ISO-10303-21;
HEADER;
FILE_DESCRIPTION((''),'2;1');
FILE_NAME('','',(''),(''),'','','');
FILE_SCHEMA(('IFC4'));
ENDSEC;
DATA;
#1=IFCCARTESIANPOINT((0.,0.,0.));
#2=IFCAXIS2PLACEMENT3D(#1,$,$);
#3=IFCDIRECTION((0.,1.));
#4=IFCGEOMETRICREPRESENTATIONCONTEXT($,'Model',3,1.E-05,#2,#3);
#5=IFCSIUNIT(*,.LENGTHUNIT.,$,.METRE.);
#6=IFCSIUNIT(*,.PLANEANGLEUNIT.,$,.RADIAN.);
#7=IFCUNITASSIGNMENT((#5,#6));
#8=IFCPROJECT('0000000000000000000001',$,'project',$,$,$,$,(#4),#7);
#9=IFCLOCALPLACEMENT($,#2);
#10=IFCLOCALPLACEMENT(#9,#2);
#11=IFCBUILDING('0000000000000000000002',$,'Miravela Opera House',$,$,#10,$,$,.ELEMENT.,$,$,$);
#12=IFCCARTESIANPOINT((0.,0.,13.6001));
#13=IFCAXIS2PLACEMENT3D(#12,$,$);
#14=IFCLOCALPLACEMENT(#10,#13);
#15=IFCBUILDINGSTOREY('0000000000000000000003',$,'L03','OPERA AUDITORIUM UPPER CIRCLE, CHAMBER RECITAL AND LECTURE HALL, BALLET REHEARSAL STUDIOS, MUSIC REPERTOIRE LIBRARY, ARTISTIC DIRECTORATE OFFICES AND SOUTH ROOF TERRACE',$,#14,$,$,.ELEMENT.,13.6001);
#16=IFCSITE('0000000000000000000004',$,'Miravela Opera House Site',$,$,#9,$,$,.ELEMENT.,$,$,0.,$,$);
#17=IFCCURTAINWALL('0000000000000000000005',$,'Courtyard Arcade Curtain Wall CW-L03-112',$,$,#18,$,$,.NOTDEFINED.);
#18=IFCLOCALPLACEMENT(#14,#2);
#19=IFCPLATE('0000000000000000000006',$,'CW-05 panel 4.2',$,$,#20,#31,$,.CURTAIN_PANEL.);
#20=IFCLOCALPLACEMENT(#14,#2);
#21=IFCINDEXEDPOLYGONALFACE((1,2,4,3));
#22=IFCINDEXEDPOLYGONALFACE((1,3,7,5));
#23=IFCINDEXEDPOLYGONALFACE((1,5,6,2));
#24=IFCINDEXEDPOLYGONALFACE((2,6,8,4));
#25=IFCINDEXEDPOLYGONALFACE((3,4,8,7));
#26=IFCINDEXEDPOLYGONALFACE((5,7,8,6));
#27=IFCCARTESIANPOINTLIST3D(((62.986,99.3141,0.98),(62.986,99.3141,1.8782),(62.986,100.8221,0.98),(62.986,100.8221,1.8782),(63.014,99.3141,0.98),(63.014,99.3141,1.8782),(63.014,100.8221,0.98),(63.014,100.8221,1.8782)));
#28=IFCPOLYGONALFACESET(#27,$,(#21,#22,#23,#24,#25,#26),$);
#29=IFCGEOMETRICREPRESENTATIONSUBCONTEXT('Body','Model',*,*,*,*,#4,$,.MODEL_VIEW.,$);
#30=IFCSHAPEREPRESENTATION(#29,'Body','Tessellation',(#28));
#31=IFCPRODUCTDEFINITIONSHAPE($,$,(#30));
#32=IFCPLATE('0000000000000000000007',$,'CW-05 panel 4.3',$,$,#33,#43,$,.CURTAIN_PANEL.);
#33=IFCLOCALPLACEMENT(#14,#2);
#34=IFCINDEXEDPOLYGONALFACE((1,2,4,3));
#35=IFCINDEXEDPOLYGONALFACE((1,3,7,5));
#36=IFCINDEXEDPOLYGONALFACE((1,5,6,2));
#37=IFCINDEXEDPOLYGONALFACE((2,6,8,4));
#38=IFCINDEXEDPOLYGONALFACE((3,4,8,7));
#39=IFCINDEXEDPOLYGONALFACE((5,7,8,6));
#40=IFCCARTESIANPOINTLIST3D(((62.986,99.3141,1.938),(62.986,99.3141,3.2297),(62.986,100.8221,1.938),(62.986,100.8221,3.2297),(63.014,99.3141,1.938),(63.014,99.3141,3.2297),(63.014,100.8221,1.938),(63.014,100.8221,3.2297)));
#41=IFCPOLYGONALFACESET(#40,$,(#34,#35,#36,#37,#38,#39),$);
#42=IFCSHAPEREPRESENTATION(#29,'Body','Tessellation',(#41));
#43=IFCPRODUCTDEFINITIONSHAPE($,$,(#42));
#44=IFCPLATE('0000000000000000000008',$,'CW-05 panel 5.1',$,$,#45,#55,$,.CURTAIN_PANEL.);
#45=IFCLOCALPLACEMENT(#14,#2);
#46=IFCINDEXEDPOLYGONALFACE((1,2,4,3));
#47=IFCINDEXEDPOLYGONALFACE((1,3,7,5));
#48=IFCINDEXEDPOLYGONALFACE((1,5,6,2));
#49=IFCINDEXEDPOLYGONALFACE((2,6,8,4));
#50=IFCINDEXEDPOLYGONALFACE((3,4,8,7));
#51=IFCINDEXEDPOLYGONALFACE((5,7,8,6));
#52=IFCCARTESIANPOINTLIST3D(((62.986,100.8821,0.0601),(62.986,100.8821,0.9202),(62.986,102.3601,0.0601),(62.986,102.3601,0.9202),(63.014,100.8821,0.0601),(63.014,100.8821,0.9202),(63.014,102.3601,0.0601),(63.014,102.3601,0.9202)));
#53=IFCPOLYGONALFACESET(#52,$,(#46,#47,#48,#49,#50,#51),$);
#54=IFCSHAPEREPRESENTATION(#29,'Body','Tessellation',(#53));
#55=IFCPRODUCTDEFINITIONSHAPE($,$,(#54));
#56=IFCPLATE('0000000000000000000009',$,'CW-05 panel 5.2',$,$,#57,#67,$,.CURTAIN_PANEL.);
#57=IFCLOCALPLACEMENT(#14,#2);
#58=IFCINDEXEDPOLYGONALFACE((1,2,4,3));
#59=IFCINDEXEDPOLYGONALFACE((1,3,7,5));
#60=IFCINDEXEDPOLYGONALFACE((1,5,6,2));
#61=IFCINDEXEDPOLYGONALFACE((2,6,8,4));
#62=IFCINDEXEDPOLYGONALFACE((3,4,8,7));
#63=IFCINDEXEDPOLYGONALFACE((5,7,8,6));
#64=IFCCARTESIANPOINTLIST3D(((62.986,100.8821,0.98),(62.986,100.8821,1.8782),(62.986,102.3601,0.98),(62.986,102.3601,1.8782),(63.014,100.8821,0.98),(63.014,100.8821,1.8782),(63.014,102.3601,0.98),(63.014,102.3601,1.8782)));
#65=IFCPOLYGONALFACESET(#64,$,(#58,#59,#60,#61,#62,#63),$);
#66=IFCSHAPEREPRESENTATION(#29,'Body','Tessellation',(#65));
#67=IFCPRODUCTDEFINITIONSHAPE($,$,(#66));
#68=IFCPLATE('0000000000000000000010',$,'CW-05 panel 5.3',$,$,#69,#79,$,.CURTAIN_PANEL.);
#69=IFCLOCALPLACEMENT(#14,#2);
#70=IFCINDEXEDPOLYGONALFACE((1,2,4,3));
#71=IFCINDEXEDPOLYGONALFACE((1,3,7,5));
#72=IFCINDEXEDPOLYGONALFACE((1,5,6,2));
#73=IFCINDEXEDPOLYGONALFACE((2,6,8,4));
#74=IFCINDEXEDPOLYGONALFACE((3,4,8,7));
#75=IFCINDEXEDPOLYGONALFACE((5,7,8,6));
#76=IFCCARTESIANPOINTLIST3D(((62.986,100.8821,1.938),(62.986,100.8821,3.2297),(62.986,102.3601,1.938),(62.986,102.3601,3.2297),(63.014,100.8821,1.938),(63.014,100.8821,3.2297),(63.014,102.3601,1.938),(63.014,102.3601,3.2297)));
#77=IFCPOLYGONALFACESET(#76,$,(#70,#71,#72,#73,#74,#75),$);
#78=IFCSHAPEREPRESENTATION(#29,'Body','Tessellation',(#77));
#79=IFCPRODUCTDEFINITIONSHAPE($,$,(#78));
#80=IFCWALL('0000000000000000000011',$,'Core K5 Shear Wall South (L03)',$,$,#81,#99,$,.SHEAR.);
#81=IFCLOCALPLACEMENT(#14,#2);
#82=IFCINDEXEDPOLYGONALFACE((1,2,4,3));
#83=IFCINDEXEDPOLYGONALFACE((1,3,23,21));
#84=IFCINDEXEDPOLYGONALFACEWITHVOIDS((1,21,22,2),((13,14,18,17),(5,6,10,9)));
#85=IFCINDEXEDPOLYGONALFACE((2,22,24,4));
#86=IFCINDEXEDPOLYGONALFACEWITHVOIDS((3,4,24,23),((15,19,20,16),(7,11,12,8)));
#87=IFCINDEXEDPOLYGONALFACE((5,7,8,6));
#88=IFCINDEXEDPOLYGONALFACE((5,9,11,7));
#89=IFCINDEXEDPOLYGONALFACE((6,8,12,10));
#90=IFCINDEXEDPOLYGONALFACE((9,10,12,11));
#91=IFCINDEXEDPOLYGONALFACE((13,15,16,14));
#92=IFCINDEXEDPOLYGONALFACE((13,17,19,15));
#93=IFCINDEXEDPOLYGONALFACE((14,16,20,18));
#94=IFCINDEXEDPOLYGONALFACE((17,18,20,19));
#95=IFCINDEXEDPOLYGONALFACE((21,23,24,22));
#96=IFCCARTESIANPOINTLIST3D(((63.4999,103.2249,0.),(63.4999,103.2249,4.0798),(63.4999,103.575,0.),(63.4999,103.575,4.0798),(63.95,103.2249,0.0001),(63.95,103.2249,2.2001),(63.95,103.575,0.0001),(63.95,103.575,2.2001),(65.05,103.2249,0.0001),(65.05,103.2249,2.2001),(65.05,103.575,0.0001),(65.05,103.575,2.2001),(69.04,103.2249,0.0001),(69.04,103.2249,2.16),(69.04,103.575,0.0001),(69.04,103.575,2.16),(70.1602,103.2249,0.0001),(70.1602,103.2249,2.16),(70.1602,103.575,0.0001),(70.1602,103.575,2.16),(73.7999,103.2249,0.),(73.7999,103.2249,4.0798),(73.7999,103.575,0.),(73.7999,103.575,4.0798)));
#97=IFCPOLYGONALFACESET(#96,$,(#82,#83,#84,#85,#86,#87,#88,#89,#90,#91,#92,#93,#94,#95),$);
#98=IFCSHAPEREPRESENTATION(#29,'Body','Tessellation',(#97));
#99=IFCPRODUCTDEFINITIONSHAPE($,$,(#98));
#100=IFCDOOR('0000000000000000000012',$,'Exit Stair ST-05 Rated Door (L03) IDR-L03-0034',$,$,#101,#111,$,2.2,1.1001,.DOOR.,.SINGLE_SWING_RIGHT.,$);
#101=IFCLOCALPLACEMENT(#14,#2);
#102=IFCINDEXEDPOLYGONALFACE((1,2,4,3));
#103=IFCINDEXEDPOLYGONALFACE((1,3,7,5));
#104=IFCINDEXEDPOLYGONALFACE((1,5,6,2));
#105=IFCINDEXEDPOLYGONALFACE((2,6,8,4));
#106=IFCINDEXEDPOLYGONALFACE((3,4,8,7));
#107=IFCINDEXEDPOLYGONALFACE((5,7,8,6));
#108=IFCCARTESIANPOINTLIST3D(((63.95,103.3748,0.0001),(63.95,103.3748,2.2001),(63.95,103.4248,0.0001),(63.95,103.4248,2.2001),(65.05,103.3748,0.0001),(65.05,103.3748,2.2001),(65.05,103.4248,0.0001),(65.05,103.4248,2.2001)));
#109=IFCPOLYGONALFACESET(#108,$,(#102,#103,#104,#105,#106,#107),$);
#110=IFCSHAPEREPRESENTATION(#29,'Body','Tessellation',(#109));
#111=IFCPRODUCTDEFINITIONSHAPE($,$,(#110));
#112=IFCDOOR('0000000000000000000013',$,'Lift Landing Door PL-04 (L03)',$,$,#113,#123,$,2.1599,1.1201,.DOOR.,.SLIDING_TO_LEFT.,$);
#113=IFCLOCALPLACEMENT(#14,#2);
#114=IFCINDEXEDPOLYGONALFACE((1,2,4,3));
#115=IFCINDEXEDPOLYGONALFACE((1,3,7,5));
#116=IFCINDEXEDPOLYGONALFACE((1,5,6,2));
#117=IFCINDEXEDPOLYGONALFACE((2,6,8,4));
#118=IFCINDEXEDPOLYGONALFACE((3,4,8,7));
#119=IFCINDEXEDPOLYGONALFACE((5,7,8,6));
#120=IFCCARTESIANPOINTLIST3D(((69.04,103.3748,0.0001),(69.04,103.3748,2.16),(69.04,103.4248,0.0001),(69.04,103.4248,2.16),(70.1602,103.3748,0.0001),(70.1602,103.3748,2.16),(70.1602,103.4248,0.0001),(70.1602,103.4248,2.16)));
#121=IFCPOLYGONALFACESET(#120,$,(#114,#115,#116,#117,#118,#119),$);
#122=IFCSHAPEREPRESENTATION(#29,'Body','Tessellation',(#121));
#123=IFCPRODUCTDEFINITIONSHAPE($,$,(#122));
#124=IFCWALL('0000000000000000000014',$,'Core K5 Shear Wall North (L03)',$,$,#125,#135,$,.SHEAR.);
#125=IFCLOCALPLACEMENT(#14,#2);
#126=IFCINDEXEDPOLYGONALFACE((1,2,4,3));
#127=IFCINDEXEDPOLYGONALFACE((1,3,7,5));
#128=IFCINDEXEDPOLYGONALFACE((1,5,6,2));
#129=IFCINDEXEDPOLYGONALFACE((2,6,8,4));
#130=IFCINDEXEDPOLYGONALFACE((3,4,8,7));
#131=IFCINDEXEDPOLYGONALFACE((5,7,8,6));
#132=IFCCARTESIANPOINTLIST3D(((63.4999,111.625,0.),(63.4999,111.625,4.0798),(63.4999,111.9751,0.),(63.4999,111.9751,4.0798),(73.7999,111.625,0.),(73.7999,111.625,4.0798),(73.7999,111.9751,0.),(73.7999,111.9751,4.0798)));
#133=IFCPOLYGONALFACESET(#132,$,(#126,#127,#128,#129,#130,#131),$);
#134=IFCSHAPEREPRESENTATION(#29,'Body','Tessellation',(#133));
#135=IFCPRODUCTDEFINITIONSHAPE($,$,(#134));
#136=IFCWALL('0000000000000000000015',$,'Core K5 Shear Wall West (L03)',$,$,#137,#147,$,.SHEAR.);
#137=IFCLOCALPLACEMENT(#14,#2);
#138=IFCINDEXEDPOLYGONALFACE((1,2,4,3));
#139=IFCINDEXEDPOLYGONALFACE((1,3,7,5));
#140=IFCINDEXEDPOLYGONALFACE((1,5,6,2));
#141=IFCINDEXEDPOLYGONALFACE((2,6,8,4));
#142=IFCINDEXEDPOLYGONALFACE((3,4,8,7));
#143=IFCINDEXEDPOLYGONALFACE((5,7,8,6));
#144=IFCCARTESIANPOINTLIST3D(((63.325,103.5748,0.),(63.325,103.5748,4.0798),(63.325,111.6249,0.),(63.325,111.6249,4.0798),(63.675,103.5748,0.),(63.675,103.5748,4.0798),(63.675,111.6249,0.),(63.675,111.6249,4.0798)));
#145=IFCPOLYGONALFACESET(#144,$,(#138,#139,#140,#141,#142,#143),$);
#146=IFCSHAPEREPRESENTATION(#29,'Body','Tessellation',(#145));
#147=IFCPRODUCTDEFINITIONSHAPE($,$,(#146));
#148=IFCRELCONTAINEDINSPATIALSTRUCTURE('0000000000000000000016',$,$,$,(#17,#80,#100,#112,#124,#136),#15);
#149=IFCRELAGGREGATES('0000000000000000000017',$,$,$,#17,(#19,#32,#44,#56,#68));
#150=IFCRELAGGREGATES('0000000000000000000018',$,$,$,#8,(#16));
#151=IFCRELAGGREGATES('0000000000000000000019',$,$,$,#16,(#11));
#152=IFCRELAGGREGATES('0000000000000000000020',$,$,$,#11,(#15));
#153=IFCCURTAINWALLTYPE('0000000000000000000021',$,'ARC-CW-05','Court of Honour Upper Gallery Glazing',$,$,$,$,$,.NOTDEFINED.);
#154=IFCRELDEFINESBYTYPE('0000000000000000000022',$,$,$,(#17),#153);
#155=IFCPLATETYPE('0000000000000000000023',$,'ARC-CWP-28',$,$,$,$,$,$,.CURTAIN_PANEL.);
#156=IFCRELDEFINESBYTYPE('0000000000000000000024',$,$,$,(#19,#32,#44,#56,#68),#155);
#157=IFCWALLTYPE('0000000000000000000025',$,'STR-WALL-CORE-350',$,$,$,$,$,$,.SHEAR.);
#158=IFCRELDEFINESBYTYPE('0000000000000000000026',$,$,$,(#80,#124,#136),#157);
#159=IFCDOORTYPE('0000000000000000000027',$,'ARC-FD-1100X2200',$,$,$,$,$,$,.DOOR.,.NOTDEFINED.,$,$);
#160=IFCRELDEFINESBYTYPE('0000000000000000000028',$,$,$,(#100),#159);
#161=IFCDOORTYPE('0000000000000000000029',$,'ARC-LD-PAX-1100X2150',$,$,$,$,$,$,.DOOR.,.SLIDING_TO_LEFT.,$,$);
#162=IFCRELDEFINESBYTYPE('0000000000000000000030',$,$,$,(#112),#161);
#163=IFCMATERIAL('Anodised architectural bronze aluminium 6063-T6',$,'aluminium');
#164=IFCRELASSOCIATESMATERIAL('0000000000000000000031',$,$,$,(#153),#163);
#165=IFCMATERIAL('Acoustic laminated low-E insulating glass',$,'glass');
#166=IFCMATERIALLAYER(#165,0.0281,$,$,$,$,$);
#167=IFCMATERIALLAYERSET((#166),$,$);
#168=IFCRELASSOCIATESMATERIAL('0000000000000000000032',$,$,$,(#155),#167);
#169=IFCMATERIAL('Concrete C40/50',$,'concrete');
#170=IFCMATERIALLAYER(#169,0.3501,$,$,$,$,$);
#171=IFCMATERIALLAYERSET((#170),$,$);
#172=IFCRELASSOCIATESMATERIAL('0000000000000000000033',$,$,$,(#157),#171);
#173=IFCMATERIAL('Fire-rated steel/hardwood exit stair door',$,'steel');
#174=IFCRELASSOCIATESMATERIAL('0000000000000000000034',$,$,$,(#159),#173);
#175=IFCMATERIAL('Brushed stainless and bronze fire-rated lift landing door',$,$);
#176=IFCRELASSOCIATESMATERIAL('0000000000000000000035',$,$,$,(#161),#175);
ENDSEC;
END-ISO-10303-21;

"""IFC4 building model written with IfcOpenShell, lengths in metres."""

from ifc_helpers import new_model, si_unit, direction, frame, frame_2d, origin, origin_2d, place, context, subcontext, project, spatial, rectangle, extrude, material, layer, layer_set, type_object, element, fill, aggregate, save


model = new_model("IFC4")

# Units and contexts
model_context = context("Model", 3, precision=1e-05, world=origin(), true_north=direction((0.0, 1.0)))
body_context = subcontext(model_context, "Body", "Model", "MODEL_VIEW")
ifc_project = project(units=[si_unit("LENGTHUNIT", "METRE"), si_unit("PLANEANGLEUNIT", "RADIAN")], contexts=[model_context])

# Site, building, storey
site_placement = place(None, origin())
site = spatial("IfcSite", under=ifc_project, at=site_placement, Name="Miravela Opera House Site", CompositionType="ELEMENT", RefElevation=0.0)
building_placement = place(site_placement, origin())
building = spatial("IfcBuilding", under=site, at=building_placement, Name="Miravela Opera House", CompositionType="ELEMENT")
storey_placement = place(building_placement, frame((0.0, 0.0, 13.6001)))
storey = spatial("IfcBuildingStorey", under=building, at=storey_placement, Name="L03", Description="OPERA AUDITORIUM UPPER CIRCLE, CHAMBER RECITAL AND LECTURE HALL, BALLET REHEARSAL STUDIOS, MUSIC REPERTOIRE LIBRARY, ARTISTIC DIRECTORATE OFFICES AND SOUTH ROOF TERRACE", CompositionType="ELEMENT", Elevation=13.6001)

# Curtain wall
ifc_material_1 = material(Name="Anodised architectural bronze aluminium 6063-T6", Category="aluminium")
curtain_wall_type = type_object("IfcCurtainWallType", Name="ARC-CW-05", Description="Court of Honour Upper Gallery Glazing", PredefinedType="NOTDEFINED", material=ifc_material_1)
curtain_wall_placement = place(storey_placement, origin())
curtain_wall = element("IfcCurtainWall", 1, at=curtain_wall_placement, inside=storey, type_object=curtain_wall_type, Name="Courtyard Arcade Curtain Wall CW-L03-112", PredefinedType="NOTDEFINED")

# Plates
ifc_material_2 = material(Name="Acoustic laminated low-E insulating glass", Category="glass")
ifc_layer_1 = layer(ifc_material_2, 0.0281)
ifc_layer_set_1 = layer_set([ifc_layer_1])
plate_type = type_object("IfcPlateType", Name="ARC-CWP-28", PredefinedType="CURTAIN_PANEL", material=ifc_layer_set_1)
plate_1_placement = place(storey_placement, frame((63.0, 100.0681, 0.98), z_axis=(0.0, 0.0, 1.0), x_axis=(0.0, 1.0, 0.0)))
plate_1 = element("IfcPlate", 2, at=plate_1_placement, type_object=plate_type, Name="CW-05 panel 4.2", PredefinedType="CURTAIN_PANEL", context=body_context, shape_type="SweptSolid", body=[
    extrude(rectangle(XDim=1.5081, YDim=0.0281, at=origin_2d()), origin(), (0.0, 0.0, 1.0), 0.8982),
])
plate_2_placement = place(storey_placement, frame((63.0, 100.0681, 1.938), z_axis=(0.0, 0.0, 1.0), x_axis=(0.0, 1.0, 0.0)))
plate_2 = element("IfcPlate", 3, at=plate_2_placement, type_object=plate_type, Name="CW-05 panel 4.3", PredefinedType="CURTAIN_PANEL", context=body_context, shape_type="SweptSolid", body=[
    extrude(rectangle(XDim=1.5081, YDim=0.0281, at=origin_2d()), origin(), (0.0, 0.0, 1.0), 1.2917),
])
plate_3_placement = place(storey_placement, frame((63.0, 101.6211, 0.0601), z_axis=(0.0, 0.0, 1.0), x_axis=(0.0, 1.0, 0.0)))
plate_3 = element("IfcPlate", 4, at=plate_3_placement, type_object=plate_type, Name="CW-05 panel 5.1", PredefinedType="CURTAIN_PANEL", context=body_context, shape_type="SweptSolid", body=[
    extrude(rectangle(XDim=1.478, YDim=0.0281, at=origin_2d()), origin(), (0.0, 0.0, 1.0), 0.8601),
])
plate_4_placement = place(storey_placement, frame((63.0, 101.6211, 0.98), z_axis=(0.0, 0.0, 1.0), x_axis=(0.0, 1.0, 0.0)))
plate_4 = element("IfcPlate", 5, at=plate_4_placement, type_object=plate_type, Name="CW-05 panel 5.2", PredefinedType="CURTAIN_PANEL", context=body_context, shape_type="SweptSolid", body=[
    extrude(rectangle(XDim=1.478, YDim=0.0281, at=origin_2d()), origin(), (0.0, 0.0, 1.0), 0.8982),
])
plate_5_placement = place(storey_placement, frame((63.0, 101.6211, 1.938), z_axis=(0.0, 0.0, 1.0), x_axis=(0.0, 1.0, 0.0)))
plate_5 = element("IfcPlate", 6, at=plate_5_placement, type_object=plate_type, Name="CW-05 panel 5.3", PredefinedType="CURTAIN_PANEL", context=body_context, shape_type="SweptSolid", body=[
    extrude(rectangle(XDim=1.478, YDim=0.0281, at=origin_2d()), origin(), (0.0, 0.0, 1.0), 1.2917),
])
aggregate(curtain_wall, [plate_1, plate_2, plate_3, plate_4, plate_5])

# Wall, openings, doors
ifc_material_3 = material(Name="Concrete C40/50", Category="concrete")
ifc_layer_2 = layer(ifc_material_3, 0.3501)
ifc_layer_set_2 = layer_set([ifc_layer_2])
wall_type = type_object("IfcWallType", Name="STR-WALL-CORE-350", PredefinedType="SHEAR", material=ifc_layer_set_2)
wall_1_placement = place(storey_placement, frame((63.5, 103.3999, 0.0), z_axis=(0.0, 0.0, 1.0), x_axis=(1.0, 0.0, 0.0)))
wall_1 = element("IfcWall", 7, at=wall_1_placement, inside=storey, type_object=wall_type, Name="Core K5 Shear Wall South (L03)", PredefinedType="SHEAR", context=body_context, shape_type="SweptSolid", body=[
    extrude(rectangle(XDim=10.3, YDim=0.3501, at=frame_2d((5.1499, 0.0))), origin(), (0.0, 0.0, 1.0), 4.0798),
])
opening_1_placement = place(wall_1_placement, frame((0.45, 0.0, 0.0)))
opening_1 = element("IfcOpeningElement", 8, at=opening_1_placement, cuts=wall_1, PredefinedType="OPENING", context=body_context, shape_type="SweptSolid", body=[
    extrude(rectangle(XDim=1.1001, YDim=2.2, at=frame_2d((0.55, 1.1001))), frame((0.0, 0.1851, 0.0), z_axis=(0.0, -1.0, 0.0), x_axis=(1.0, 0.0, 0.0)), (0.0, 0.0, 1.0), 0.3701),
])
opening_2_placement = place(wall_1_placement, frame((5.54, 0.0, 0.0)))
opening_2 = element("IfcOpeningElement", 9, at=opening_2_placement, cuts=wall_1, PredefinedType="OPENING", context=body_context, shape_type="SweptSolid", body=[
    extrude(rectangle(XDim=1.1201, YDim=2.1599, at=frame_2d((0.5601, 1.0801))), frame((0.0, 0.1851, 0.0), z_axis=(0.0, -1.0, 0.0), x_axis=(1.0, 0.0, 0.0)), (0.0, 0.0, 1.0), 0.3701),
])
ifc_material_4 = material(Name="Fire-rated steel/hardwood exit stair door", Category="steel")
door_type_1 = type_object("IfcDoorType", Name="ARC-FD-1100X2200", OperationType="NOTDEFINED", PredefinedType="DOOR", material=ifc_material_4)
door_1_placement = place(opening_1_placement, origin())
door_1 = element("IfcDoor", 10, at=door_1_placement, inside=storey, type_object=door_type_1, Name="Exit Stair ST-05 Rated Door (L03) IDR-L03-0034", OperationType="SINGLE_SWING_RIGHT", OverallHeight=2.2, OverallWidth=1.1001, PredefinedType="DOOR", context=body_context, shape_type="SweptSolid", body=[
    extrude(rectangle(XDim=1.1001, YDim=2.2, at=frame_2d((0.55, 1.1001))), frame((0.0, 0.0249, 0.0), z_axis=(0.0, -1.0, 0.0), x_axis=(1.0, 0.0, 0.0)), (0.0, 0.0, 1.0), 0.05),
])
fill(opening_1, door_1)
ifc_material_5 = material(Name="Brushed stainless and bronze fire-rated lift landing door")
door_type_2 = type_object("IfcDoorType", Name="ARC-LD-PAX-1100X2150", OperationType="SLIDING_TO_LEFT", PredefinedType="DOOR", material=ifc_material_5)
door_2_placement = place(opening_2_placement, origin())
door_2 = element("IfcDoor", 11, at=door_2_placement, inside=storey, type_object=door_type_2, Name="Lift Landing Door PL-04 (L03)", OperationType="SLIDING_TO_LEFT", OverallHeight=2.1599, OverallWidth=1.1201, PredefinedType="DOOR", context=body_context, shape_type="SweptSolid", body=[
    extrude(rectangle(XDim=1.1201, YDim=2.1599, at=frame_2d((0.5601, 1.0801))), frame((0.0, 0.0249, 0.0), z_axis=(0.0, -1.0, 0.0), x_axis=(1.0, 0.0, 0.0)), (0.0, 0.0, 1.0), 0.05),
])
fill(opening_2, door_2)

# Walls
wall_2_placement = place(storey_placement, frame((63.5, 111.8, 0.0), z_axis=(0.0, 0.0, 1.0), x_axis=(1.0, 0.0, 0.0)))
element("IfcWall", 12, at=wall_2_placement, inside=storey, type_object=wall_type, Name="Core K5 Shear Wall North (L03)", PredefinedType="SHEAR", context=body_context, shape_type="SweptSolid", body=[
    extrude(rectangle(XDim=10.3, YDim=0.3501, at=frame_2d((5.1499, 0.0))), origin(), (0.0, 0.0, 1.0), 4.0798),
])
wall_3_placement = place(storey_placement, frame((63.5, 103.575, 0.0), z_axis=(0.0, 0.0, 1.0), x_axis=(0.0, 1.0, 0.0)))
element("IfcWall", 13, at=wall_3_placement, inside=storey, type_object=wall_type, Name="Core K5 Shear Wall West (L03)", PredefinedType="SHEAR", context=body_context, shape_type="SweptSolid", body=[
    extrude(rectangle(XDim=8.05, YDim=0.3501, at=frame_2d((4.0249, 0.0))), origin(), (0.0, 0.0, 1.0), 4.0798),
])

save(model, "model.ifc")
